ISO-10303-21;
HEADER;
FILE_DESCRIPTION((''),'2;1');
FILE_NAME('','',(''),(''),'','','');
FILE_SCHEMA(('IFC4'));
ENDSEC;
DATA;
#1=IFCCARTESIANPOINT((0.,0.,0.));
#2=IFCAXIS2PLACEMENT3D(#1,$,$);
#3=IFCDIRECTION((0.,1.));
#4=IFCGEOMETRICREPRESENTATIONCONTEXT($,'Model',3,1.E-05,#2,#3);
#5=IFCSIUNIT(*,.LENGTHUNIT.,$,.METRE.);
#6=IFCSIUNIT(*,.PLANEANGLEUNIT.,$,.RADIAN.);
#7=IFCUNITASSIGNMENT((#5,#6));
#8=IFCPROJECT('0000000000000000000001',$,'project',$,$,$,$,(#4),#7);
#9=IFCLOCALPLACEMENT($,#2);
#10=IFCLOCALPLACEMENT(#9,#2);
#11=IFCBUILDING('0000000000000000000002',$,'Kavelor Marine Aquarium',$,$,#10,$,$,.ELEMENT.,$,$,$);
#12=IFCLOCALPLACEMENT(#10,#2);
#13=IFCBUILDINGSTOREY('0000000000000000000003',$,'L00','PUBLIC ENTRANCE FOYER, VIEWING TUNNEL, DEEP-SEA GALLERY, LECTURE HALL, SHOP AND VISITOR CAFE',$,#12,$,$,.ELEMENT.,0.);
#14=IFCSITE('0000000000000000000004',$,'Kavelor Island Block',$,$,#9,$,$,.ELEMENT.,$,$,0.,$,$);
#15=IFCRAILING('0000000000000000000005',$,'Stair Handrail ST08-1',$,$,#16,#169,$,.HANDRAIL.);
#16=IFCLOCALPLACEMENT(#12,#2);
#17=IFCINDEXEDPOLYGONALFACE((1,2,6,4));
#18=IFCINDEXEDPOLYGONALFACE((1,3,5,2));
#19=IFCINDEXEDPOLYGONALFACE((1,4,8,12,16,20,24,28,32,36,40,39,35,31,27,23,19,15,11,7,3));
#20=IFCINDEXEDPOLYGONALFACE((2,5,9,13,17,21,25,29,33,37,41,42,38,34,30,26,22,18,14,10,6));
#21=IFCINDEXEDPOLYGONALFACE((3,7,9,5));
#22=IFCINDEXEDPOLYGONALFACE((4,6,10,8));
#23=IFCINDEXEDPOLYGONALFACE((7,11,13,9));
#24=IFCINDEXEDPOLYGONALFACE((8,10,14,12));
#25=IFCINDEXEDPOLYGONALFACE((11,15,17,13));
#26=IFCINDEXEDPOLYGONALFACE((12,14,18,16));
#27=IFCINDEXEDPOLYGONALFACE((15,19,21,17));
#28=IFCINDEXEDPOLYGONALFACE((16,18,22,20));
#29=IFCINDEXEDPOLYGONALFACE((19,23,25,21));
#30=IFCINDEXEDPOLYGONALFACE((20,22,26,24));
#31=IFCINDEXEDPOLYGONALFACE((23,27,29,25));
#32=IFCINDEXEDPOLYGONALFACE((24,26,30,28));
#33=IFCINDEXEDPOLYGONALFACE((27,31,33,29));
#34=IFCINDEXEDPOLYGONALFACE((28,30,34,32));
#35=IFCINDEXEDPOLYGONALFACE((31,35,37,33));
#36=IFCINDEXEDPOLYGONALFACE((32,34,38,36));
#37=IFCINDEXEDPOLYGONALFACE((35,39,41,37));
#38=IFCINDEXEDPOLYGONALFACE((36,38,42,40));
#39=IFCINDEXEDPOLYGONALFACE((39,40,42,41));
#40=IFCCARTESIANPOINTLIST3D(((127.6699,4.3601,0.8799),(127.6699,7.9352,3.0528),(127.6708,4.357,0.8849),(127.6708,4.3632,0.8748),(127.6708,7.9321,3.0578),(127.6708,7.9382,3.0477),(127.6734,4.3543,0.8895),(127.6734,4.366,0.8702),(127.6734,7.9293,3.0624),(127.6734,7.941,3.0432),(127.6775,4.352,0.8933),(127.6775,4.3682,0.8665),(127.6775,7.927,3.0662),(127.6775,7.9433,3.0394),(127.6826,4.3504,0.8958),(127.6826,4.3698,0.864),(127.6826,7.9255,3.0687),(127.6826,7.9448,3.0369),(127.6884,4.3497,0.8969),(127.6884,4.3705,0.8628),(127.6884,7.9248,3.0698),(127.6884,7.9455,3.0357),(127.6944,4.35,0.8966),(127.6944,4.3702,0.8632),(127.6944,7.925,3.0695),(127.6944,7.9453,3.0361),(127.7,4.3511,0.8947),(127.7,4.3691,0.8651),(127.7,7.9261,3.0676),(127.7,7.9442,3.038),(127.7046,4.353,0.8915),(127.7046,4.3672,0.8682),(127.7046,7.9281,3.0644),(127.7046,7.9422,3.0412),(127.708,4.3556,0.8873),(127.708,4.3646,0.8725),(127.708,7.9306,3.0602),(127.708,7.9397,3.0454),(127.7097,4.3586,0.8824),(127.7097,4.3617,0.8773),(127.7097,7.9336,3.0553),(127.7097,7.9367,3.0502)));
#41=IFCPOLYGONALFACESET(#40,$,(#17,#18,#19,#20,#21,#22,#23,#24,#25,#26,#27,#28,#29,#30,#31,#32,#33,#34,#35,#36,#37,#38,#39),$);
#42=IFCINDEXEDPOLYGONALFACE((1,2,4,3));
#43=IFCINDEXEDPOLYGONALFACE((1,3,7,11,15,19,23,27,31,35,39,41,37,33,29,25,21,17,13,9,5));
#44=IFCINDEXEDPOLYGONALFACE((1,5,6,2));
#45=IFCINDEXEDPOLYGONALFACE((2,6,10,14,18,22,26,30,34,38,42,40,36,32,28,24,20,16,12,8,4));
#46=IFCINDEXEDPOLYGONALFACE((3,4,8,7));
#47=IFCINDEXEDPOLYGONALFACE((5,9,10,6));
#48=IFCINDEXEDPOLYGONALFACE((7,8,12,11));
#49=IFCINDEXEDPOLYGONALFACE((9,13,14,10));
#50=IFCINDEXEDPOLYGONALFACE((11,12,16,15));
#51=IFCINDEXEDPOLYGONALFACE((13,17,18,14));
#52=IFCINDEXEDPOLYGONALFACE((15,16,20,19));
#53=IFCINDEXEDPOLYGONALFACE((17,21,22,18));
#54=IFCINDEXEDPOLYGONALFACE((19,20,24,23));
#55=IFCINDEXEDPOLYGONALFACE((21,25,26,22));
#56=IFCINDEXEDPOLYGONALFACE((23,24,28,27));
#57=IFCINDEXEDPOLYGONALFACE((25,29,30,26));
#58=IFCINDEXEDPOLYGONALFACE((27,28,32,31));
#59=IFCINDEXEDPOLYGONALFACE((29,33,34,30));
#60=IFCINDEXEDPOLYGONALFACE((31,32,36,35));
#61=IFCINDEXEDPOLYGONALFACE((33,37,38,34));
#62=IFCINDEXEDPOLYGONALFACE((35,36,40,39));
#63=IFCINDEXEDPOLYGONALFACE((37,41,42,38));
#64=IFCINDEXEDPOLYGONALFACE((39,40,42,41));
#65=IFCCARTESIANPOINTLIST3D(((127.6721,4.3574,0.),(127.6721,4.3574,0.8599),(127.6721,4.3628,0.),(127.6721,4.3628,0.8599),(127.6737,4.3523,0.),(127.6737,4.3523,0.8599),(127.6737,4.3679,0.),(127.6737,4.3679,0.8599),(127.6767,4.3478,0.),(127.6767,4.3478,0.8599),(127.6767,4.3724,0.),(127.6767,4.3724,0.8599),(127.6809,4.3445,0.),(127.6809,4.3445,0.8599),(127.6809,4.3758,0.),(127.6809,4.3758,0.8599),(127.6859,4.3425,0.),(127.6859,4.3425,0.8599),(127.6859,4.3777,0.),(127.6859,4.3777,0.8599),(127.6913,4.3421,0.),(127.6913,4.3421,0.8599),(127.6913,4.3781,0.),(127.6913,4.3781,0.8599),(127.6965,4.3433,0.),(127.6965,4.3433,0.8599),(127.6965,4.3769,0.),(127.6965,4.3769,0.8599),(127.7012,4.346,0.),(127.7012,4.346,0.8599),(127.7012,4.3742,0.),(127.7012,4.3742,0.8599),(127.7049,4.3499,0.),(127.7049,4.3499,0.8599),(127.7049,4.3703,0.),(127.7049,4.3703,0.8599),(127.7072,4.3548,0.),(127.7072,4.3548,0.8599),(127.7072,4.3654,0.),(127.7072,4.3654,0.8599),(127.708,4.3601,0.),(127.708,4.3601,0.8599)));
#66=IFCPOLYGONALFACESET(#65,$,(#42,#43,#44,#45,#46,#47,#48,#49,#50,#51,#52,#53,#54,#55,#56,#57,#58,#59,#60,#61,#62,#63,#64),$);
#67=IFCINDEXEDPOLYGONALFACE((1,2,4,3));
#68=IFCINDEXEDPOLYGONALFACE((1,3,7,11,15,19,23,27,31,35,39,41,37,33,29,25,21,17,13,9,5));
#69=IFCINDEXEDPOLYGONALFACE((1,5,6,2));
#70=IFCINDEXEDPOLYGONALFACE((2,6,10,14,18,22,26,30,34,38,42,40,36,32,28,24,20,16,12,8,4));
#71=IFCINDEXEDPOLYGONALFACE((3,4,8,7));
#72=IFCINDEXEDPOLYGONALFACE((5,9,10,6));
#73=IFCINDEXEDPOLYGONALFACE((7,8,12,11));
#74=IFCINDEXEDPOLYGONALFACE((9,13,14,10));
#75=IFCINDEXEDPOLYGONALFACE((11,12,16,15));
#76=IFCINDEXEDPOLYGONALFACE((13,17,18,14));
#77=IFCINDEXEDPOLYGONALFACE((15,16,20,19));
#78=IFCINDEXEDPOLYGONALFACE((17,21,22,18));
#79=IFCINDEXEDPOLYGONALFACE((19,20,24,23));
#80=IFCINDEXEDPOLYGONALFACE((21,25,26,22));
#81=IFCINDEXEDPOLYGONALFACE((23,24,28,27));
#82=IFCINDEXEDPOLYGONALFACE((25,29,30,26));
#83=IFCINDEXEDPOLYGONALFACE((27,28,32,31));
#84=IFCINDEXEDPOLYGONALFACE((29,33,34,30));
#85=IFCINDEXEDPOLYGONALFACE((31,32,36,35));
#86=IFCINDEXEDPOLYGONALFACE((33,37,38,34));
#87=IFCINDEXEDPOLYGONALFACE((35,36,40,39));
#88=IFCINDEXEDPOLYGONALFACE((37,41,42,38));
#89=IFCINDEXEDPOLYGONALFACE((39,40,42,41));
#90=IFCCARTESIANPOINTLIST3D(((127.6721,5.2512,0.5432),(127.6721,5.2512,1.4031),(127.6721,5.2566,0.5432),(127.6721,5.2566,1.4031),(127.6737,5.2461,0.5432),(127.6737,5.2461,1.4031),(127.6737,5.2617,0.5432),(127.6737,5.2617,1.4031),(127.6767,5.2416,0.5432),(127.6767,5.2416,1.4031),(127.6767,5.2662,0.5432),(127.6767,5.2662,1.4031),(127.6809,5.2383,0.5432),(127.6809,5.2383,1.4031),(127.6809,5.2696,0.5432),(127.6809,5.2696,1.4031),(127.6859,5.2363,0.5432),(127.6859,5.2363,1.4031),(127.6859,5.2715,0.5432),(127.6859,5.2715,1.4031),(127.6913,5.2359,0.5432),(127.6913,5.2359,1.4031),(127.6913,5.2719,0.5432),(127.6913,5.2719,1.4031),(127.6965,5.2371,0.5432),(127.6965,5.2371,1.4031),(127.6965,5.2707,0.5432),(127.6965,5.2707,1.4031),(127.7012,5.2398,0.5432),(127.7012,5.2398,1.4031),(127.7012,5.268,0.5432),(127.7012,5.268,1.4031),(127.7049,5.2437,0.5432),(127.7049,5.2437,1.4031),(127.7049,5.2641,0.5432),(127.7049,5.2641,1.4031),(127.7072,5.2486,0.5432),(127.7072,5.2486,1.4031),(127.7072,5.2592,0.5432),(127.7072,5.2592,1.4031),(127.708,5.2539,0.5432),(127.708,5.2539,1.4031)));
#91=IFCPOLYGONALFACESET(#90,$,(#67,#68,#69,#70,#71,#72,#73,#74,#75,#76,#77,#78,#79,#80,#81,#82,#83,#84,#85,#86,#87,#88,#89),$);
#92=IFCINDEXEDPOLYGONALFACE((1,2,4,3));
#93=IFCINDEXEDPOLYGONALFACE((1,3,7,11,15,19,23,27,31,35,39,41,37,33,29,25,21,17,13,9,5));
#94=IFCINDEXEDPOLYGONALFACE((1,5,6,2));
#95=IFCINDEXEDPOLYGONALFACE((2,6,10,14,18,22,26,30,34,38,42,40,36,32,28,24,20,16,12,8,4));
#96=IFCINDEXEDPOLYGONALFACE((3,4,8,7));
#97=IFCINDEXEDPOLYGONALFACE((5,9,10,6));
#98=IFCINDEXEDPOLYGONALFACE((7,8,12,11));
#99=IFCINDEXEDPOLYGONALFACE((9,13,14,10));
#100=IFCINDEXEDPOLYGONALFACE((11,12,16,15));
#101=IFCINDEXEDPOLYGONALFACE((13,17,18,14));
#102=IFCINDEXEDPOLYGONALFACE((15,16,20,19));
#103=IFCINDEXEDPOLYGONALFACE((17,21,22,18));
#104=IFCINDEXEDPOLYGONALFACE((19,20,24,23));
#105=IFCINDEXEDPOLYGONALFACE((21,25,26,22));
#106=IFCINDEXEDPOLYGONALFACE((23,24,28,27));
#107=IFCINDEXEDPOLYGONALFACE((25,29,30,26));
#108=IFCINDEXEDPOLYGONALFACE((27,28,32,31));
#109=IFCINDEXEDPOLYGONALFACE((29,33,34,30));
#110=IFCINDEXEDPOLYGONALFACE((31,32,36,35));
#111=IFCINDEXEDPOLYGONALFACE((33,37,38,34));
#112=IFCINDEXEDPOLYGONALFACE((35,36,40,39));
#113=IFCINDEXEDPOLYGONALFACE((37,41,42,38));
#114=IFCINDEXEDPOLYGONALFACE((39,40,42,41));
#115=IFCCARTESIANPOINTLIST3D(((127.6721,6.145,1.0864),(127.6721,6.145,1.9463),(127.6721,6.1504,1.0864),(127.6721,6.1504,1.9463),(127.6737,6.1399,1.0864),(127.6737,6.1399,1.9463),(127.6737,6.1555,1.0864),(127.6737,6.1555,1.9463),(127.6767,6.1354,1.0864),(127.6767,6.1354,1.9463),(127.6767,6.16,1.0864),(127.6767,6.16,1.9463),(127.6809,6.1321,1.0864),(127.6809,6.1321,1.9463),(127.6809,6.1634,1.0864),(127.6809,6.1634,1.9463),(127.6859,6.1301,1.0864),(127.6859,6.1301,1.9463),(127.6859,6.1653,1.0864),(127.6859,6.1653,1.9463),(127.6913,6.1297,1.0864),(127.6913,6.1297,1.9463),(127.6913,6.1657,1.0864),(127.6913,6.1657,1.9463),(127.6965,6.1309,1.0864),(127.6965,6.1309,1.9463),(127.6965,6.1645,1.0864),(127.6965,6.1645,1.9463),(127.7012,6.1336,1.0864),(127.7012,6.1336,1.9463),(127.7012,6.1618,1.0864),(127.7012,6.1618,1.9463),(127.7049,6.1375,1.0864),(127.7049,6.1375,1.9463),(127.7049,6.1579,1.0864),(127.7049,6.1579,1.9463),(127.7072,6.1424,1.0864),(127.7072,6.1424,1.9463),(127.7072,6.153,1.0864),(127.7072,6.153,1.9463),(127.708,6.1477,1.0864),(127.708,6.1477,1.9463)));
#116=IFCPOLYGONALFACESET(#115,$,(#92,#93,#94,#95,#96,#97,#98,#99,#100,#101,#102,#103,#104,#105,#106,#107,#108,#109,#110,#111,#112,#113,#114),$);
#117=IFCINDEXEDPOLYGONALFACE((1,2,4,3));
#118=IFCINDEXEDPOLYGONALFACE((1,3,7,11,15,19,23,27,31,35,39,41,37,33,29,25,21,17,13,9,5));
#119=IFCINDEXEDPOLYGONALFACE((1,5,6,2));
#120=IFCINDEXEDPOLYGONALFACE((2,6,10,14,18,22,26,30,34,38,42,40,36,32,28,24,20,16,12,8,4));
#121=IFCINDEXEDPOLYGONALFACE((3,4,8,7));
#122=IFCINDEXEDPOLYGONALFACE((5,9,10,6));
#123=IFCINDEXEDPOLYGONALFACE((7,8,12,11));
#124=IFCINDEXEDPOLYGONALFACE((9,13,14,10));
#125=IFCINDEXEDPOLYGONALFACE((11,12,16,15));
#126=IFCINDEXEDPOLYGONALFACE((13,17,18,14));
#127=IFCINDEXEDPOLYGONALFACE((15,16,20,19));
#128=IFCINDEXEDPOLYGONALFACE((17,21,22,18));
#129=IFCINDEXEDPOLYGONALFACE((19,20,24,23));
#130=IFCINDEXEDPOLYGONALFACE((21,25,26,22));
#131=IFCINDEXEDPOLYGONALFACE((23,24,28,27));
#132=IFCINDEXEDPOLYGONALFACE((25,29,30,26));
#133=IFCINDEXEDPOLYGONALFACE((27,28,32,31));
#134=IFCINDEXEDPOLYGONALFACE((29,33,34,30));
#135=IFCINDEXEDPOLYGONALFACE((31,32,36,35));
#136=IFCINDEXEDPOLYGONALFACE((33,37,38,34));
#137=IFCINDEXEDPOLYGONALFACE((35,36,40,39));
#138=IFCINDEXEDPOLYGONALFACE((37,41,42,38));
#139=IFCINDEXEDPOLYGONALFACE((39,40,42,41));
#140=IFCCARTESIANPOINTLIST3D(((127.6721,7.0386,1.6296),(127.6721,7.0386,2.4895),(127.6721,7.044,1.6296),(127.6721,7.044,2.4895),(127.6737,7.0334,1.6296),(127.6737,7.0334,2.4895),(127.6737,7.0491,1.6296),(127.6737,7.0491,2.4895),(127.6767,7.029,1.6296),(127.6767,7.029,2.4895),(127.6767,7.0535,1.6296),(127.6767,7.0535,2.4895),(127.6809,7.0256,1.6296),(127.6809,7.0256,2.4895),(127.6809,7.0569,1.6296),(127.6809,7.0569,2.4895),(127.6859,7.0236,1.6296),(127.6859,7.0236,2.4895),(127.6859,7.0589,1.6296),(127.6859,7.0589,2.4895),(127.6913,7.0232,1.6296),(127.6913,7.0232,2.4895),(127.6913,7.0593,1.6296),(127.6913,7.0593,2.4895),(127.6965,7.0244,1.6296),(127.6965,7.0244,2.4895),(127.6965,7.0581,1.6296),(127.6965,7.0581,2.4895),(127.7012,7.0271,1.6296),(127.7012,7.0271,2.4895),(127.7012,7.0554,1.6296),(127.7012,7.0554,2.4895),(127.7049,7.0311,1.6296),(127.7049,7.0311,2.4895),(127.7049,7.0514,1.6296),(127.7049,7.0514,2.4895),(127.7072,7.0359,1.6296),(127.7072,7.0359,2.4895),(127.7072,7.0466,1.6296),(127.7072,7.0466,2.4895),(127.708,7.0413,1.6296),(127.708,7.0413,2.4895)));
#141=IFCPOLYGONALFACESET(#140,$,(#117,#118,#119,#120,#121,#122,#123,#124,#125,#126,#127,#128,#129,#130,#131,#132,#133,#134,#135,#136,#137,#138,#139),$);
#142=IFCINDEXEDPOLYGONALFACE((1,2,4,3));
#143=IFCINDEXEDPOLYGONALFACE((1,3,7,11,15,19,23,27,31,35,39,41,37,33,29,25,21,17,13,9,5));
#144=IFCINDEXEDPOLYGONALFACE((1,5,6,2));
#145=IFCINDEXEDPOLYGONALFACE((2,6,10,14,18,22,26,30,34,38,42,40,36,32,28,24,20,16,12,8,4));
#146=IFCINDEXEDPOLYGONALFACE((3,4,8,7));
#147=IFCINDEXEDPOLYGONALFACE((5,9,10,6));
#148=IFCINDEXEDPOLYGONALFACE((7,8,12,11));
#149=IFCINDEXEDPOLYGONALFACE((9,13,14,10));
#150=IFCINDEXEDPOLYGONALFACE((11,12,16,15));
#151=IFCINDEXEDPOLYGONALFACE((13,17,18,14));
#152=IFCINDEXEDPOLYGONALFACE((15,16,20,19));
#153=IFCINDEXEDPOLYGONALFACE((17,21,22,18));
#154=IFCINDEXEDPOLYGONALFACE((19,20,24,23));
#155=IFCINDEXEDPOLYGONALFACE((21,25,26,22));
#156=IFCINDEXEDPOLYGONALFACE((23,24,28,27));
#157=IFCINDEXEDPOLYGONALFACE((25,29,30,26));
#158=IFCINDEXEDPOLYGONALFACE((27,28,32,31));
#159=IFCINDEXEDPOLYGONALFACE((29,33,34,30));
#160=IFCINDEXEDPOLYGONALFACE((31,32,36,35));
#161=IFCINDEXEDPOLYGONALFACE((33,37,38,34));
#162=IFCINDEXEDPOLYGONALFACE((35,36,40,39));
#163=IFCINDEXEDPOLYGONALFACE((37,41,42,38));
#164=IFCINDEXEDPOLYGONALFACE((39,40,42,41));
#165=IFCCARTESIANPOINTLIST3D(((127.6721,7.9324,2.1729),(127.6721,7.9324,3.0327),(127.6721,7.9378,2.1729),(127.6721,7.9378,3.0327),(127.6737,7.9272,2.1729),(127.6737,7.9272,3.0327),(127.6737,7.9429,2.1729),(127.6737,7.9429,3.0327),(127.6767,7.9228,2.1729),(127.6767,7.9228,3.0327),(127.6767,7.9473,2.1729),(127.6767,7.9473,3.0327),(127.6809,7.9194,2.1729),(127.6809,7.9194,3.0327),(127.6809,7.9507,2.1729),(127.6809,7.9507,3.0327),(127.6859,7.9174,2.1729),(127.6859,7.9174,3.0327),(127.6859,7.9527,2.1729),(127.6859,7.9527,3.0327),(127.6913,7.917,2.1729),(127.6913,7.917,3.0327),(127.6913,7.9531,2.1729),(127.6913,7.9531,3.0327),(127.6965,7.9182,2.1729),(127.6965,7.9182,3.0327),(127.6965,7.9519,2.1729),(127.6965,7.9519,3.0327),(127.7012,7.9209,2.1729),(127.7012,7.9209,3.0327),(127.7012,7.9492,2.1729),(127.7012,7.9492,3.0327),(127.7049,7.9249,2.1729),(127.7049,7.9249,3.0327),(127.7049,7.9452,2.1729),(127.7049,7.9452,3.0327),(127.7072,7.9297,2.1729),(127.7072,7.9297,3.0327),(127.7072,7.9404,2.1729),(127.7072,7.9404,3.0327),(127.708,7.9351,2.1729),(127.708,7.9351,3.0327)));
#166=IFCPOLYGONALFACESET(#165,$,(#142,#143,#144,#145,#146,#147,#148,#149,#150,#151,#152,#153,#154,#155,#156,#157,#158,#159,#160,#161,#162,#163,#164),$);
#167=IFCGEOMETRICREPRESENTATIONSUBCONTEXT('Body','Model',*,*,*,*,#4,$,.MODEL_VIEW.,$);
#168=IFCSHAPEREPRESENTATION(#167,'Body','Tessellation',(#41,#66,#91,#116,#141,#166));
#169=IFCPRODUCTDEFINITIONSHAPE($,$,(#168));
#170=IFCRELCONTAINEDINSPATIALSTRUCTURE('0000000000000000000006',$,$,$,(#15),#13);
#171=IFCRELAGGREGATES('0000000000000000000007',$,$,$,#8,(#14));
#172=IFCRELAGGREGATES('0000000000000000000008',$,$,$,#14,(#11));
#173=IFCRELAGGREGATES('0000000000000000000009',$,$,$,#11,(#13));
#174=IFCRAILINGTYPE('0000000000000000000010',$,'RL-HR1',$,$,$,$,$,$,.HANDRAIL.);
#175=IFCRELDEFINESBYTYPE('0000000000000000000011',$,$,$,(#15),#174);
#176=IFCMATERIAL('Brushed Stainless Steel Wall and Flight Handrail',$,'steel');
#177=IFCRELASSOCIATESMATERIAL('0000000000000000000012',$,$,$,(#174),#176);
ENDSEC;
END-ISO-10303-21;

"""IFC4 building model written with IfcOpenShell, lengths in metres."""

from ifc_helpers import new_model, si_unit, direction, frame, origin, origin_2d, place, context, subcontext, project, spatial, circle, extrude, material, type_object, element, save


model = new_model("IFC4")

# Units and contexts
model_context = context("Model", 3, precision=1e-05, world=origin(), true_north=direction((0.0, 1.0)))
body_context = subcontext(model_context, "Body", "Model", "MODEL_VIEW")
ifc_project = project(units=[si_unit("LENGTHUNIT", "METRE"), si_unit("PLANEANGLEUNIT", "RADIAN")], contexts=[model_context])

# Site, building, storey
site_placement = place(None, origin())
site = spatial("IfcSite", under=ifc_project, at=site_placement, Name="Kavelor Island Block", CompositionType="ELEMENT", RefElevation=0.0)
building_placement = place(site_placement, origin())
building = spatial("IfcBuilding", under=site, at=building_placement, Name="Kavelor Marine Aquarium", CompositionType="ELEMENT")
storey_placement = place(building_placement, origin())
storey = spatial("IfcBuildingStorey", under=building, at=storey_placement, Name="L00", Description="PUBLIC ENTRANCE FOYER, VIEWING TUNNEL, DEEP-SEA GALLERY, LECTURE HALL, SHOP AND VISITOR CAFE", CompositionType="ELEMENT", Elevation=0.0)

# Railing
ifc_material_1 = material(Name="Brushed Stainless Steel Wall and Flight Handrail", Category="steel")
railing_type_1 = type_object("IfcRailingType", Name="RL-HR1", PredefinedType="HANDRAIL", material=ifc_material_1)
railing_1_placement = place(storey_placement, frame((127.6899, 4.3601, 0.0)))
element("IfcRailing", 1, at=railing_1_placement, inside=storey, type_object=railing_type_1, Name="Stair Handrail ST08-1", PredefinedType="HANDRAIL", context=body_context, shape_type="SweptSolid", body=[
    extrude(circle(Radius=0.02, at=origin_2d()), frame((0.0, 0.0, 0.8799), z_axis=(0.0, 0.854539, 0.519388), x_axis=(-1.0, 0.0, 0.0)), (0.0, 0.0, 1.0), 4.1836),
    extrude(circle(Radius=0.0181, at=origin_2d()), origin(), (0.0, 0.0, 1.0), 0.8599),
    extrude(circle(Radius=0.0181, at=origin_2d()), frame((0.0, 0.8938, 0.5432)), (0.0, 0.0, 1.0), 0.8599),
    extrude(circle(Radius=0.0181, at=origin_2d()), frame((0.0, 1.7876, 1.0864)), (0.0, 0.0, 1.0), 0.8599),
    extrude(circle(Radius=0.0181, at=origin_2d()), frame((0.0, 2.6812, 1.6296)), (0.0, 0.0, 1.0), 0.8599),
    extrude(circle(Radius=0.0181, at=origin_2d()), frame((0.0, 3.575, 2.1729)), (0.0, 0.0, 1.0), 0.8599),
])

save(model, "model.ifc")
